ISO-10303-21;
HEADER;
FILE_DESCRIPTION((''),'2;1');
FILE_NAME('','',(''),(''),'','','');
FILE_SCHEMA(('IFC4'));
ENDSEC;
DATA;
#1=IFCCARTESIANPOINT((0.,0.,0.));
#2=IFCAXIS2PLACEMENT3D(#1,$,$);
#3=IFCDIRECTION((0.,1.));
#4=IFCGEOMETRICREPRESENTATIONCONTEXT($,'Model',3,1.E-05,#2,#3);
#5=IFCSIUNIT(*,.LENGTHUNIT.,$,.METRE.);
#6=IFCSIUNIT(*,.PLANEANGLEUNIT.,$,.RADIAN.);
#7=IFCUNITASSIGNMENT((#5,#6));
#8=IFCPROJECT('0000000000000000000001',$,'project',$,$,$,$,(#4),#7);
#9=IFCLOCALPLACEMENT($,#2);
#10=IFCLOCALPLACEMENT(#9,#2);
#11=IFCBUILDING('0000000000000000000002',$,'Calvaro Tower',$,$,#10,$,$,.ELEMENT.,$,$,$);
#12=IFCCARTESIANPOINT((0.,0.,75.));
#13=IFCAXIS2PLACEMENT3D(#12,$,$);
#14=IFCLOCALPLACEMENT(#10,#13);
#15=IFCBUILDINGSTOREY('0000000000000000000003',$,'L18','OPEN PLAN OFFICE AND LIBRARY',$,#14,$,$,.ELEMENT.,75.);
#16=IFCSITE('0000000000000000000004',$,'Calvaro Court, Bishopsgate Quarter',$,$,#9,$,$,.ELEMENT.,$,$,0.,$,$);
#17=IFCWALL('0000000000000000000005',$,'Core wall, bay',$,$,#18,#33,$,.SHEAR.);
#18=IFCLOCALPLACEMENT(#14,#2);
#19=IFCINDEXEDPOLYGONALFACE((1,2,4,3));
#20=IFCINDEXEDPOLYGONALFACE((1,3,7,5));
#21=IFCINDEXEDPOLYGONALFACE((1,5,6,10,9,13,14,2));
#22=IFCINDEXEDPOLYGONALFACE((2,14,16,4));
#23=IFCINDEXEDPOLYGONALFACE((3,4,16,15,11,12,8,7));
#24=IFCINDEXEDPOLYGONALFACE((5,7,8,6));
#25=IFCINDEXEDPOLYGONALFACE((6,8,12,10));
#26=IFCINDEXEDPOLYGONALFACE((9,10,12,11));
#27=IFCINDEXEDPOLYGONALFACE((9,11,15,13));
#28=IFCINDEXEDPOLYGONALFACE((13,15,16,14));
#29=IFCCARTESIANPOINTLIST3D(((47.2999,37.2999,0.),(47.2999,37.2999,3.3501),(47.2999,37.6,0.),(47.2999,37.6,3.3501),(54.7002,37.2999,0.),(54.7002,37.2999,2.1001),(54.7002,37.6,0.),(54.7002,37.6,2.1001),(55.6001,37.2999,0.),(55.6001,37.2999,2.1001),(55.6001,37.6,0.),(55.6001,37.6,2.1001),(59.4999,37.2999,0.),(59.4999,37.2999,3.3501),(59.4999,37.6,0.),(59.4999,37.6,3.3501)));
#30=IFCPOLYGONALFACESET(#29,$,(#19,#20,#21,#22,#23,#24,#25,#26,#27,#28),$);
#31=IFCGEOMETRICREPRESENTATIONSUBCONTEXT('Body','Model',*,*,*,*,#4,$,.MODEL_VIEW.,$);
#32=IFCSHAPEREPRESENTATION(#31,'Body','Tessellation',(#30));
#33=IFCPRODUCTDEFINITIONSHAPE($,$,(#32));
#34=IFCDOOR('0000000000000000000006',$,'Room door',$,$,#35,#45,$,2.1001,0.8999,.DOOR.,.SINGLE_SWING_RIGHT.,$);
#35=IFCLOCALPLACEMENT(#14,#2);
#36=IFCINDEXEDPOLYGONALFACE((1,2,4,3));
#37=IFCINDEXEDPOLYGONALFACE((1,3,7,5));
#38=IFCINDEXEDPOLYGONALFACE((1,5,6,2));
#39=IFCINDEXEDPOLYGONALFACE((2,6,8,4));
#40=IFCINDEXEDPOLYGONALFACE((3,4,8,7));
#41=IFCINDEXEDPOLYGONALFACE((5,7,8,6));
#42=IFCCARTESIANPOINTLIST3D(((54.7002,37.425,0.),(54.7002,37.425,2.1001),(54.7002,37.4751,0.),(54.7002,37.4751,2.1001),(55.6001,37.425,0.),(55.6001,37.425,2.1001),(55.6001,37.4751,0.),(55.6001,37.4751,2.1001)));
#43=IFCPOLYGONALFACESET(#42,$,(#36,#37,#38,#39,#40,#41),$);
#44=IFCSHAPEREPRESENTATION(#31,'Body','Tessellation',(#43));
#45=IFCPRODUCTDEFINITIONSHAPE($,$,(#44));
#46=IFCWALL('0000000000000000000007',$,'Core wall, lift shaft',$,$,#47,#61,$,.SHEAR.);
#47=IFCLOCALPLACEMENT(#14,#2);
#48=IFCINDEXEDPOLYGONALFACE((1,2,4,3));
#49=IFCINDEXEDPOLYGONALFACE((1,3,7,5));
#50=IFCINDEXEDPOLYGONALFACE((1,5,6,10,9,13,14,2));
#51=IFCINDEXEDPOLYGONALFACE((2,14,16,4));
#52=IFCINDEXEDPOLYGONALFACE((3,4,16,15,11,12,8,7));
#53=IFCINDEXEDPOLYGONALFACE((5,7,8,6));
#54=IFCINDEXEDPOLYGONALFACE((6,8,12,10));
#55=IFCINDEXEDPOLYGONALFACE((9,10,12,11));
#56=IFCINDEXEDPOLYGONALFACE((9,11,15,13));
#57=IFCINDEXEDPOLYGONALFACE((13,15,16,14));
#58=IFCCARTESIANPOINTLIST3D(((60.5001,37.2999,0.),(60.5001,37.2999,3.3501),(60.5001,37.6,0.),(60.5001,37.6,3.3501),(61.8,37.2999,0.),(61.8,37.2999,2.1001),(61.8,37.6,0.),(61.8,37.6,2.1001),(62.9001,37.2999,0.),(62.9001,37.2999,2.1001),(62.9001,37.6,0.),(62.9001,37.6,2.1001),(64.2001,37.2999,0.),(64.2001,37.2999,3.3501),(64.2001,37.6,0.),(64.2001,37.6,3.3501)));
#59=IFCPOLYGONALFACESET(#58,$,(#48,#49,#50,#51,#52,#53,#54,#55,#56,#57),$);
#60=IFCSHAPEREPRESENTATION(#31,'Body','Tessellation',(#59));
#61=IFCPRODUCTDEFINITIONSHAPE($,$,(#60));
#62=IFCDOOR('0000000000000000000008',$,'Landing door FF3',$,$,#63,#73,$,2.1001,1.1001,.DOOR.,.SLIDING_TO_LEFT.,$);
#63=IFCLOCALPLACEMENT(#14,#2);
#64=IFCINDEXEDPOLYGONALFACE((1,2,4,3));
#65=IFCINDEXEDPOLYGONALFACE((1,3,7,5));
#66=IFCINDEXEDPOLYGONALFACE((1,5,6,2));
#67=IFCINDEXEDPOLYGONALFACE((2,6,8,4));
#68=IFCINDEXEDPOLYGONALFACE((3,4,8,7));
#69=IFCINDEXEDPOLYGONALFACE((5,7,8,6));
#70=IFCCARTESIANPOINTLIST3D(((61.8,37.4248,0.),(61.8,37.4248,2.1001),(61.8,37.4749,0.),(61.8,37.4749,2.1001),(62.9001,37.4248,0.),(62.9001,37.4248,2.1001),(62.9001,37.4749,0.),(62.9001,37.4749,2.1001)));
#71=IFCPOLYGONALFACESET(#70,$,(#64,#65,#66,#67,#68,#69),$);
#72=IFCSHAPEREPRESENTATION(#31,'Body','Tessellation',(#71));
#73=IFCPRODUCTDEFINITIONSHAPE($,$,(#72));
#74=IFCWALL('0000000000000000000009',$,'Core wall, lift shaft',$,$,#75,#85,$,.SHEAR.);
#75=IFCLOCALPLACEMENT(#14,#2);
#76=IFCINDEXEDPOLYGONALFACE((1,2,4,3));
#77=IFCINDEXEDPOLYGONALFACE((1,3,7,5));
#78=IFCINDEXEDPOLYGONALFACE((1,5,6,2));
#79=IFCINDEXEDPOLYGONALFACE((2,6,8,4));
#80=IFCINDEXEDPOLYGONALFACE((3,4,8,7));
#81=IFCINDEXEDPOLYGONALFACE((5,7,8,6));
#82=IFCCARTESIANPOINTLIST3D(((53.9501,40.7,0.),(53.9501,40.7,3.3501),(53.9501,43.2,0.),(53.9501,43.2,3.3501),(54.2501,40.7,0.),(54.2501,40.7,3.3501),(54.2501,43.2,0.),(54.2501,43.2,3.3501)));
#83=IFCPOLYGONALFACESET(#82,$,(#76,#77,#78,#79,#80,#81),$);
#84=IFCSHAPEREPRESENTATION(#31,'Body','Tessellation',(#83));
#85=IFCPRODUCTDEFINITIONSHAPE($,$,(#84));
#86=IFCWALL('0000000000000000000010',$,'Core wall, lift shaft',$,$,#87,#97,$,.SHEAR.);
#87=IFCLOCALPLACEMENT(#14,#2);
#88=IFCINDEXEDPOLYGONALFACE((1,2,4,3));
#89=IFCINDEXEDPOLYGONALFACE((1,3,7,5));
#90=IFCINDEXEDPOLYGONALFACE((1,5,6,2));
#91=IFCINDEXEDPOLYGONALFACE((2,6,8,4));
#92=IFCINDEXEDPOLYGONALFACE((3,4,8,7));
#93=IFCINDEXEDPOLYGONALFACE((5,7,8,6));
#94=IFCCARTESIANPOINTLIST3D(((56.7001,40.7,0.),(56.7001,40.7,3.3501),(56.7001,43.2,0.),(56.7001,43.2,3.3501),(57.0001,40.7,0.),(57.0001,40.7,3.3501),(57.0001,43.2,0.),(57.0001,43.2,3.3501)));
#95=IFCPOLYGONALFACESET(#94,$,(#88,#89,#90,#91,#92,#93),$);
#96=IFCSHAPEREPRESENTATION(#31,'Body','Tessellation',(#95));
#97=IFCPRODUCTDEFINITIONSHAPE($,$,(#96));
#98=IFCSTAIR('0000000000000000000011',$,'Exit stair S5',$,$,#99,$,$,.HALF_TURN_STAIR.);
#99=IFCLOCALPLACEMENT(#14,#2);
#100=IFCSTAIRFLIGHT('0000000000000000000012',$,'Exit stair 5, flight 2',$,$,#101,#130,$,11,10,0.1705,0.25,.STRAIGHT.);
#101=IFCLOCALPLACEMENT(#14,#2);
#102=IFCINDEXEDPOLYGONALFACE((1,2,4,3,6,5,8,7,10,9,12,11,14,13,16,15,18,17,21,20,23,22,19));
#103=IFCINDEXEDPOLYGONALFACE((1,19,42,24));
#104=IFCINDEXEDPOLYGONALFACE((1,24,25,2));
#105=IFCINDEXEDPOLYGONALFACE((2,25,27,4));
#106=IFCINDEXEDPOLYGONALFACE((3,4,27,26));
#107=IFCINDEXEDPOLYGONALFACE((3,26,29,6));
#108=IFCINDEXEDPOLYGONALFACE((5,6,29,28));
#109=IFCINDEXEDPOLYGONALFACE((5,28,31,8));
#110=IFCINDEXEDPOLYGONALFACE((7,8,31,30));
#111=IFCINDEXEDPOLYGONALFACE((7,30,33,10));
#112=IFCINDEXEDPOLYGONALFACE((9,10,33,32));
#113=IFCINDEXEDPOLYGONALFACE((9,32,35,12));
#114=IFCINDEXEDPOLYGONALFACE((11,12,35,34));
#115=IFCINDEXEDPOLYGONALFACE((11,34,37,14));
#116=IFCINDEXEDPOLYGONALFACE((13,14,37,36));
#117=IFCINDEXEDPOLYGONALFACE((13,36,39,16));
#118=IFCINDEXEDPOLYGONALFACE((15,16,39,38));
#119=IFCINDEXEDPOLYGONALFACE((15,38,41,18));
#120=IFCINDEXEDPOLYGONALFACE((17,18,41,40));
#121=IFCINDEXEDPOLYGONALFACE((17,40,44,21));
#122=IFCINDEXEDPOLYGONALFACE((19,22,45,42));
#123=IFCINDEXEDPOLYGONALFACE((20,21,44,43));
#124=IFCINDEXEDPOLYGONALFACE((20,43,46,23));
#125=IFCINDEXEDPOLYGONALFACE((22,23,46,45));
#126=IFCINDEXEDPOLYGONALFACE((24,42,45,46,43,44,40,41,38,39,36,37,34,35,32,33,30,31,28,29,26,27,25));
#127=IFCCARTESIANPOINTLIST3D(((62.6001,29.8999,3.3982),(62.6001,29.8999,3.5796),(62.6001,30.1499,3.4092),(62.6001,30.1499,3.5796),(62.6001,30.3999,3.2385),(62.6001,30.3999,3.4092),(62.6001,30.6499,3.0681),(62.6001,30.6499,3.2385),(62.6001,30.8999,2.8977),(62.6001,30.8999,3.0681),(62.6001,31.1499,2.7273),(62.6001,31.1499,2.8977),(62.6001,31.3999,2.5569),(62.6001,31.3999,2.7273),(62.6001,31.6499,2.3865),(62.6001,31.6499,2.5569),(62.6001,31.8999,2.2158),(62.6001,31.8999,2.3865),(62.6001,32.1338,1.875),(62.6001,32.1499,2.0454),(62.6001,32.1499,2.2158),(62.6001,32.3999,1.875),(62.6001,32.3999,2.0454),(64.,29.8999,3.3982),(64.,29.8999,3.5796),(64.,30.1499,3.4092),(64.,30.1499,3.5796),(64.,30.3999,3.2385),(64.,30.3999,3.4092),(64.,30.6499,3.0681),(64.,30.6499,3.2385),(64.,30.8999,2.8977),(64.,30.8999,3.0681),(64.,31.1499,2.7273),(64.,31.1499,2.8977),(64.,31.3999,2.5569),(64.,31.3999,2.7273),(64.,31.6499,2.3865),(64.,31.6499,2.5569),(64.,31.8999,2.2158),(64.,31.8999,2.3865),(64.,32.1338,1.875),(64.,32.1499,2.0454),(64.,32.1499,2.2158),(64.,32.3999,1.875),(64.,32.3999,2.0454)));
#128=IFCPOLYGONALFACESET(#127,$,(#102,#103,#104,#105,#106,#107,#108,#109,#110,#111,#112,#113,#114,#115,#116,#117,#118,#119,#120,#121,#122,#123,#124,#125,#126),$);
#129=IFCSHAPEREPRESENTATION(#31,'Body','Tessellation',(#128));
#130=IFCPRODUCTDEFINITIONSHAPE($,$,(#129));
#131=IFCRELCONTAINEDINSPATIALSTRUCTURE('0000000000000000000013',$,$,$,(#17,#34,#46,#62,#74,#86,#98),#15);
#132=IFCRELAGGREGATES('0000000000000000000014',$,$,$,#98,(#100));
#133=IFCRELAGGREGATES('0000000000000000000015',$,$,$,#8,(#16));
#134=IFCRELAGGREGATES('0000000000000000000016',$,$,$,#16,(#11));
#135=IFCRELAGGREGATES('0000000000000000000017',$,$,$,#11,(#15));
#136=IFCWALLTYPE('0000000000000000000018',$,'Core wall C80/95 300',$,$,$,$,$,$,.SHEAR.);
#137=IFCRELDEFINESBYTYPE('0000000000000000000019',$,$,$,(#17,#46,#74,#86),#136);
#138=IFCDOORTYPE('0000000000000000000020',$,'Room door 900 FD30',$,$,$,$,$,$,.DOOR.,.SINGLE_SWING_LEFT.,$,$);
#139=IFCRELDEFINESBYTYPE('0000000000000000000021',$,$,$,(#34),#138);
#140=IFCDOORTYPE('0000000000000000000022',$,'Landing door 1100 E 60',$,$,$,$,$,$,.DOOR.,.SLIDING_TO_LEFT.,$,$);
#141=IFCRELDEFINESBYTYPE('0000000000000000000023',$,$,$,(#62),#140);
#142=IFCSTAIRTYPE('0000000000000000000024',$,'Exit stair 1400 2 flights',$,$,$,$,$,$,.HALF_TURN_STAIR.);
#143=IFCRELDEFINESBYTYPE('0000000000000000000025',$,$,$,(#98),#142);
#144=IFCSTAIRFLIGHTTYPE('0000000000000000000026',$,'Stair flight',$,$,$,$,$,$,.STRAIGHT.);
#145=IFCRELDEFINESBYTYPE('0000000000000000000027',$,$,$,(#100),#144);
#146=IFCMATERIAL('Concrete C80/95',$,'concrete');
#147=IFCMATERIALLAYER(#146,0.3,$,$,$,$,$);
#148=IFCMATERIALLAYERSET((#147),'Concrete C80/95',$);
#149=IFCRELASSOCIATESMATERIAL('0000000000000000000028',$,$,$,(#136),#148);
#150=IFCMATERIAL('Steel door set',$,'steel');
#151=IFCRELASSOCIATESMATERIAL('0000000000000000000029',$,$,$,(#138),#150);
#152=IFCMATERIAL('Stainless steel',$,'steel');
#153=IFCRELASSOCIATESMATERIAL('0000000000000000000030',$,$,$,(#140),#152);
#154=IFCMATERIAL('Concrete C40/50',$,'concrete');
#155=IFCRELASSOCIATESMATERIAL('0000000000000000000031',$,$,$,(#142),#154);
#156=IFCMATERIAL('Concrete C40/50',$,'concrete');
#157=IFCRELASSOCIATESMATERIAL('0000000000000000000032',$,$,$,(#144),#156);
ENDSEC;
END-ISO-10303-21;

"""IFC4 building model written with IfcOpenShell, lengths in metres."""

from ifc_helpers import new_model, si_unit, direction, frame, frame_2d, origin, place, context, subcontext, project, spatial, polyline, rectangle, outline, extrude, material, layer, layer_set, type_object, element, fill, aggregate, save


model = new_model("IFC4")

# Units and contexts
model_context = context("Model", 3, precision=1e-05, world=origin(), true_north=direction((0.0, 1.0)))
body_context = subcontext(model_context, "Body", "Model", "MODEL_VIEW")
ifc_project = project(units=[si_unit("LENGTHUNIT", "METRE"), si_unit("PLANEANGLEUNIT", "RADIAN")], contexts=[model_context])

# Site, building, storey
site_placement = place(None, origin())
site = spatial("IfcSite", under=ifc_project, at=site_placement, Name="Calvaro Court, Bishopsgate Quarter", CompositionType="ELEMENT", RefElevation=0.0)
building_placement = place(site_placement, origin())
building = spatial("IfcBuilding", under=site, at=building_placement, Name="Calvaro Tower", CompositionType="ELEMENT")
storey_placement = place(building_placement, frame((0.0, 0.0, 75.0)))
storey = spatial("IfcBuildingStorey", under=building, at=storey_placement, Name="L18", Description="OPEN PLAN OFFICE AND LIBRARY", CompositionType="ELEMENT", Elevation=75.0)

# Shared definitions
ifc_material_1 = material(Name="Concrete C80/95", Category="concrete")
ifc_layer_1 = layer(ifc_material_1, 0.3)
ifc_layer_set_1 = layer_set([ifc_layer_1], Name="Concrete C80/95")
wall_type_1 = type_object("IfcWallType", Name="Core wall C80/95 300", PredefinedType="SHEAR", material=ifc_layer_set_1)

# Walls, openings, doors
wall_1_placement = place(storey_placement, frame((59.5, 37.45, 0.0), z_axis=(0.0, 0.0, 1.0), x_axis=(-1.0, 0.0, 0.0)))
wall_1 = element("IfcWall", 1, at=wall_1_placement, inside=storey, type_object=wall_type_1, Name="Core wall, bay", PredefinedType="SHEAR", context=body_context, shape_type="SweptSolid", body=[
    extrude(rectangle(XDim=12.2, YDim=0.3, at=frame_2d((6.1001, 0.0))), origin(), (0.0, 0.0, 1.0), 3.3501),
])
opening_1_placement = place(wall_1_placement, frame((3.8999, 0.0, 0.0)))
opening_1 = element("IfcOpeningElement", 2, at=opening_1_placement, cuts=wall_1, PredefinedType="OPENING", context=body_context, shape_type="SweptSolid", body=[
    extrude(rectangle(XDim=0.8999, YDim=2.1001, at=frame_2d((0.45, 1.05))), frame((0.0, 0.1599, 0.0), z_axis=(0.0, -1.0, 0.0), x_axis=(1.0, 0.0, 0.0)), (0.0, 0.0, 1.0), 0.3201),
])
ifc_material_2 = material(Name="Steel door set", Category="steel")
door_type_1 = type_object("IfcDoorType", Name="Room door 900 FD30", OperationType="SINGLE_SWING_LEFT", PredefinedType="DOOR", material=ifc_material_2)
door_1_placement = place(opening_1_placement, origin())
door_1 = element("IfcDoor", 3, at=door_1_placement, inside=storey, type_object=door_type_1, Name="Room door", OperationType="SINGLE_SWING_RIGHT", OverallHeight=2.1001, OverallWidth=0.8999, PredefinedType="DOOR", context=body_context, shape_type="SweptSolid", body=[
    extrude(rectangle(XDim=0.8999, YDim=2.1001, at=frame_2d((0.45, 1.05))), frame((0.0, 0.0249, 0.0), z_axis=(0.0, -1.0, 0.0), x_axis=(1.0, 0.0, 0.0)), (0.0, 0.0, 1.0), 0.05),
])
fill(opening_1, door_1)
wall_2_placement = place(storey_placement, frame((60.5, 37.45, 0.0), z_axis=(0.0, 0.0, 1.0), x_axis=(1.0, 0.0, 0.0)))
wall_2 = element("IfcWall", 4, at=wall_2_placement, inside=storey, type_object=wall_type_1, Name="Core wall, lift shaft", PredefinedType="SHEAR", context=body_context, shape_type="SweptSolid", body=[
    extrude(rectangle(XDim=3.7, YDim=0.3, at=frame_2d((1.8501, 0.0))), origin(), (0.0, 0.0, 1.0), 3.3501),
])
opening_2_placement = place(wall_2_placement, frame((1.3, 0.0, 0.0)))
opening_2 = element("IfcOpeningElement", 5, at=opening_2_placement, cuts=wall_2, PredefinedType="OPENING", context=body_context, shape_type="SweptSolid", body=[
    extrude(rectangle(XDim=1.1001, YDim=2.1001, at=frame_2d((0.55, 1.05))), frame((0.0, 0.1599, 0.0), z_axis=(0.0, -1.0, 0.0), x_axis=(1.0, 0.0, 0.0)), (0.0, 0.0, 1.0), 0.3201),
])
ifc_material_3 = material(Name="Stainless steel", Category="steel")
door_type_2 = type_object("IfcDoorType", Name="Landing door 1100 E 60", OperationType="SLIDING_TO_LEFT", PredefinedType="DOOR", material=ifc_material_3)
door_2_placement = place(opening_2_placement, origin())
door_2 = element("IfcDoor", 6, at=door_2_placement, inside=storey, type_object=door_type_2, Name="Landing door FF3", OperationType="SLIDING_TO_LEFT", OverallHeight=2.1001, OverallWidth=1.1001, PredefinedType="DOOR", context=body_context, shape_type="SweptSolid", body=[
    extrude(rectangle(XDim=1.1001, YDim=2.1001, at=frame_2d((0.55, 1.05))), frame((0.0, 0.0249, 0.0), z_axis=(0.0, -1.0, 0.0), x_axis=(1.0, 0.0, 0.0)), (0.0, 0.0, 1.0), 0.05),
])
fill(opening_2, door_2)

# Walls
for number, where, z_axis, x_axis, name in (
    (7, (54.1001, 40.7, 0.0), (0.0, 0.0, 1.0), (0.0, 1.0, 0.0), "Core wall, lift shaft"),
    (8, (56.8501, 40.7, 0.0), (0.0, 0.0, 1.0), (0.0, 1.0, 0.0), "Core wall, lift shaft"),
):
    element("IfcWall", number, at=place(storey_placement, frame(where, z_axis=z_axis, x_axis=x_axis)), inside=storey, type_object=wall_type_1, Name=name, PredefinedType="SHEAR", context=body_context, shape_type="SweptSolid", body=[
        extrude(rectangle(XDim=2.5, YDim=0.3, at=frame_2d((1.25, 0.0))), origin(), (0.0, 0.0, 1.0), 3.3501),
    ])

# Stair, stair flight
ifc_material_4 = material(Name="Concrete C40/50", Category="concrete")
stair_type = type_object("IfcStairType", Name="Exit stair 1400 2 flights", PredefinedType="HALF_TURN_STAIR", material=ifc_material_4)
stair_1_placement = place(storey_placement, origin())
stair_1 = element("IfcStair", 9, at=stair_1_placement, inside=storey, type_object=stair_type, Name="Exit stair S5", PredefinedType="HALF_TURN_STAIR")
ifc_material_5 = material(Name="Concrete C40/50", Category="concrete")
stair_flight_type = type_object("IfcStairFlightType", Name="Stair flight", PredefinedType="STRAIGHT", material=ifc_material_5)
stair_flight_placement = place(storey_placement, frame((63.3, 32.3999, 1.875), z_axis=(0.0, 0.0, 1.0), x_axis=(0.0, -1.0, 0.0)))
stair_flight = element("IfcStairFlight", 10, at=stair_flight_placement, type_object=stair_flight_type, Name="Exit stair 5, flight 2", NumberOfRisers=11, NumberOfTreads=10, PredefinedType="STRAIGHT", RiserHeight=0.1705, TreadLength=0.25, context=body_context, shape_type="SweptSolid", body=[
    extrude(outline(polyline([(0.0, 0.0), (0.0, 0.1704), (0.25, 0.1704), (0.25, 0.3408), (0.5, 0.3408), (0.5, 0.5115), (0.75, 0.5115), (0.75, 0.6819), (1.0, 0.6819), (1.0, 0.8523), (1.25, 0.8523), (1.25, 1.0227), (1.5, 1.0227), (1.5, 1.1931), (1.75, 1.1931), (1.75, 1.3635), (2.0, 1.3635), (2.0, 1.5342), (2.25, 1.5342), (2.25, 1.7046), (2.5, 1.7046), (2.5, 1.875), (2.5, 1.5232), (0.2661, 0.0), (0.0, 0.0)])), frame((0.0, 0.7, 0.0), z_axis=(0.0, -1.0, 0.0), x_axis=(1.0, 0.0, 0.0)), (0.0, 0.0, 1.0), 1.3999),
])

aggregate(stair_1, [stair_flight])

save(model, "model.ifc")
